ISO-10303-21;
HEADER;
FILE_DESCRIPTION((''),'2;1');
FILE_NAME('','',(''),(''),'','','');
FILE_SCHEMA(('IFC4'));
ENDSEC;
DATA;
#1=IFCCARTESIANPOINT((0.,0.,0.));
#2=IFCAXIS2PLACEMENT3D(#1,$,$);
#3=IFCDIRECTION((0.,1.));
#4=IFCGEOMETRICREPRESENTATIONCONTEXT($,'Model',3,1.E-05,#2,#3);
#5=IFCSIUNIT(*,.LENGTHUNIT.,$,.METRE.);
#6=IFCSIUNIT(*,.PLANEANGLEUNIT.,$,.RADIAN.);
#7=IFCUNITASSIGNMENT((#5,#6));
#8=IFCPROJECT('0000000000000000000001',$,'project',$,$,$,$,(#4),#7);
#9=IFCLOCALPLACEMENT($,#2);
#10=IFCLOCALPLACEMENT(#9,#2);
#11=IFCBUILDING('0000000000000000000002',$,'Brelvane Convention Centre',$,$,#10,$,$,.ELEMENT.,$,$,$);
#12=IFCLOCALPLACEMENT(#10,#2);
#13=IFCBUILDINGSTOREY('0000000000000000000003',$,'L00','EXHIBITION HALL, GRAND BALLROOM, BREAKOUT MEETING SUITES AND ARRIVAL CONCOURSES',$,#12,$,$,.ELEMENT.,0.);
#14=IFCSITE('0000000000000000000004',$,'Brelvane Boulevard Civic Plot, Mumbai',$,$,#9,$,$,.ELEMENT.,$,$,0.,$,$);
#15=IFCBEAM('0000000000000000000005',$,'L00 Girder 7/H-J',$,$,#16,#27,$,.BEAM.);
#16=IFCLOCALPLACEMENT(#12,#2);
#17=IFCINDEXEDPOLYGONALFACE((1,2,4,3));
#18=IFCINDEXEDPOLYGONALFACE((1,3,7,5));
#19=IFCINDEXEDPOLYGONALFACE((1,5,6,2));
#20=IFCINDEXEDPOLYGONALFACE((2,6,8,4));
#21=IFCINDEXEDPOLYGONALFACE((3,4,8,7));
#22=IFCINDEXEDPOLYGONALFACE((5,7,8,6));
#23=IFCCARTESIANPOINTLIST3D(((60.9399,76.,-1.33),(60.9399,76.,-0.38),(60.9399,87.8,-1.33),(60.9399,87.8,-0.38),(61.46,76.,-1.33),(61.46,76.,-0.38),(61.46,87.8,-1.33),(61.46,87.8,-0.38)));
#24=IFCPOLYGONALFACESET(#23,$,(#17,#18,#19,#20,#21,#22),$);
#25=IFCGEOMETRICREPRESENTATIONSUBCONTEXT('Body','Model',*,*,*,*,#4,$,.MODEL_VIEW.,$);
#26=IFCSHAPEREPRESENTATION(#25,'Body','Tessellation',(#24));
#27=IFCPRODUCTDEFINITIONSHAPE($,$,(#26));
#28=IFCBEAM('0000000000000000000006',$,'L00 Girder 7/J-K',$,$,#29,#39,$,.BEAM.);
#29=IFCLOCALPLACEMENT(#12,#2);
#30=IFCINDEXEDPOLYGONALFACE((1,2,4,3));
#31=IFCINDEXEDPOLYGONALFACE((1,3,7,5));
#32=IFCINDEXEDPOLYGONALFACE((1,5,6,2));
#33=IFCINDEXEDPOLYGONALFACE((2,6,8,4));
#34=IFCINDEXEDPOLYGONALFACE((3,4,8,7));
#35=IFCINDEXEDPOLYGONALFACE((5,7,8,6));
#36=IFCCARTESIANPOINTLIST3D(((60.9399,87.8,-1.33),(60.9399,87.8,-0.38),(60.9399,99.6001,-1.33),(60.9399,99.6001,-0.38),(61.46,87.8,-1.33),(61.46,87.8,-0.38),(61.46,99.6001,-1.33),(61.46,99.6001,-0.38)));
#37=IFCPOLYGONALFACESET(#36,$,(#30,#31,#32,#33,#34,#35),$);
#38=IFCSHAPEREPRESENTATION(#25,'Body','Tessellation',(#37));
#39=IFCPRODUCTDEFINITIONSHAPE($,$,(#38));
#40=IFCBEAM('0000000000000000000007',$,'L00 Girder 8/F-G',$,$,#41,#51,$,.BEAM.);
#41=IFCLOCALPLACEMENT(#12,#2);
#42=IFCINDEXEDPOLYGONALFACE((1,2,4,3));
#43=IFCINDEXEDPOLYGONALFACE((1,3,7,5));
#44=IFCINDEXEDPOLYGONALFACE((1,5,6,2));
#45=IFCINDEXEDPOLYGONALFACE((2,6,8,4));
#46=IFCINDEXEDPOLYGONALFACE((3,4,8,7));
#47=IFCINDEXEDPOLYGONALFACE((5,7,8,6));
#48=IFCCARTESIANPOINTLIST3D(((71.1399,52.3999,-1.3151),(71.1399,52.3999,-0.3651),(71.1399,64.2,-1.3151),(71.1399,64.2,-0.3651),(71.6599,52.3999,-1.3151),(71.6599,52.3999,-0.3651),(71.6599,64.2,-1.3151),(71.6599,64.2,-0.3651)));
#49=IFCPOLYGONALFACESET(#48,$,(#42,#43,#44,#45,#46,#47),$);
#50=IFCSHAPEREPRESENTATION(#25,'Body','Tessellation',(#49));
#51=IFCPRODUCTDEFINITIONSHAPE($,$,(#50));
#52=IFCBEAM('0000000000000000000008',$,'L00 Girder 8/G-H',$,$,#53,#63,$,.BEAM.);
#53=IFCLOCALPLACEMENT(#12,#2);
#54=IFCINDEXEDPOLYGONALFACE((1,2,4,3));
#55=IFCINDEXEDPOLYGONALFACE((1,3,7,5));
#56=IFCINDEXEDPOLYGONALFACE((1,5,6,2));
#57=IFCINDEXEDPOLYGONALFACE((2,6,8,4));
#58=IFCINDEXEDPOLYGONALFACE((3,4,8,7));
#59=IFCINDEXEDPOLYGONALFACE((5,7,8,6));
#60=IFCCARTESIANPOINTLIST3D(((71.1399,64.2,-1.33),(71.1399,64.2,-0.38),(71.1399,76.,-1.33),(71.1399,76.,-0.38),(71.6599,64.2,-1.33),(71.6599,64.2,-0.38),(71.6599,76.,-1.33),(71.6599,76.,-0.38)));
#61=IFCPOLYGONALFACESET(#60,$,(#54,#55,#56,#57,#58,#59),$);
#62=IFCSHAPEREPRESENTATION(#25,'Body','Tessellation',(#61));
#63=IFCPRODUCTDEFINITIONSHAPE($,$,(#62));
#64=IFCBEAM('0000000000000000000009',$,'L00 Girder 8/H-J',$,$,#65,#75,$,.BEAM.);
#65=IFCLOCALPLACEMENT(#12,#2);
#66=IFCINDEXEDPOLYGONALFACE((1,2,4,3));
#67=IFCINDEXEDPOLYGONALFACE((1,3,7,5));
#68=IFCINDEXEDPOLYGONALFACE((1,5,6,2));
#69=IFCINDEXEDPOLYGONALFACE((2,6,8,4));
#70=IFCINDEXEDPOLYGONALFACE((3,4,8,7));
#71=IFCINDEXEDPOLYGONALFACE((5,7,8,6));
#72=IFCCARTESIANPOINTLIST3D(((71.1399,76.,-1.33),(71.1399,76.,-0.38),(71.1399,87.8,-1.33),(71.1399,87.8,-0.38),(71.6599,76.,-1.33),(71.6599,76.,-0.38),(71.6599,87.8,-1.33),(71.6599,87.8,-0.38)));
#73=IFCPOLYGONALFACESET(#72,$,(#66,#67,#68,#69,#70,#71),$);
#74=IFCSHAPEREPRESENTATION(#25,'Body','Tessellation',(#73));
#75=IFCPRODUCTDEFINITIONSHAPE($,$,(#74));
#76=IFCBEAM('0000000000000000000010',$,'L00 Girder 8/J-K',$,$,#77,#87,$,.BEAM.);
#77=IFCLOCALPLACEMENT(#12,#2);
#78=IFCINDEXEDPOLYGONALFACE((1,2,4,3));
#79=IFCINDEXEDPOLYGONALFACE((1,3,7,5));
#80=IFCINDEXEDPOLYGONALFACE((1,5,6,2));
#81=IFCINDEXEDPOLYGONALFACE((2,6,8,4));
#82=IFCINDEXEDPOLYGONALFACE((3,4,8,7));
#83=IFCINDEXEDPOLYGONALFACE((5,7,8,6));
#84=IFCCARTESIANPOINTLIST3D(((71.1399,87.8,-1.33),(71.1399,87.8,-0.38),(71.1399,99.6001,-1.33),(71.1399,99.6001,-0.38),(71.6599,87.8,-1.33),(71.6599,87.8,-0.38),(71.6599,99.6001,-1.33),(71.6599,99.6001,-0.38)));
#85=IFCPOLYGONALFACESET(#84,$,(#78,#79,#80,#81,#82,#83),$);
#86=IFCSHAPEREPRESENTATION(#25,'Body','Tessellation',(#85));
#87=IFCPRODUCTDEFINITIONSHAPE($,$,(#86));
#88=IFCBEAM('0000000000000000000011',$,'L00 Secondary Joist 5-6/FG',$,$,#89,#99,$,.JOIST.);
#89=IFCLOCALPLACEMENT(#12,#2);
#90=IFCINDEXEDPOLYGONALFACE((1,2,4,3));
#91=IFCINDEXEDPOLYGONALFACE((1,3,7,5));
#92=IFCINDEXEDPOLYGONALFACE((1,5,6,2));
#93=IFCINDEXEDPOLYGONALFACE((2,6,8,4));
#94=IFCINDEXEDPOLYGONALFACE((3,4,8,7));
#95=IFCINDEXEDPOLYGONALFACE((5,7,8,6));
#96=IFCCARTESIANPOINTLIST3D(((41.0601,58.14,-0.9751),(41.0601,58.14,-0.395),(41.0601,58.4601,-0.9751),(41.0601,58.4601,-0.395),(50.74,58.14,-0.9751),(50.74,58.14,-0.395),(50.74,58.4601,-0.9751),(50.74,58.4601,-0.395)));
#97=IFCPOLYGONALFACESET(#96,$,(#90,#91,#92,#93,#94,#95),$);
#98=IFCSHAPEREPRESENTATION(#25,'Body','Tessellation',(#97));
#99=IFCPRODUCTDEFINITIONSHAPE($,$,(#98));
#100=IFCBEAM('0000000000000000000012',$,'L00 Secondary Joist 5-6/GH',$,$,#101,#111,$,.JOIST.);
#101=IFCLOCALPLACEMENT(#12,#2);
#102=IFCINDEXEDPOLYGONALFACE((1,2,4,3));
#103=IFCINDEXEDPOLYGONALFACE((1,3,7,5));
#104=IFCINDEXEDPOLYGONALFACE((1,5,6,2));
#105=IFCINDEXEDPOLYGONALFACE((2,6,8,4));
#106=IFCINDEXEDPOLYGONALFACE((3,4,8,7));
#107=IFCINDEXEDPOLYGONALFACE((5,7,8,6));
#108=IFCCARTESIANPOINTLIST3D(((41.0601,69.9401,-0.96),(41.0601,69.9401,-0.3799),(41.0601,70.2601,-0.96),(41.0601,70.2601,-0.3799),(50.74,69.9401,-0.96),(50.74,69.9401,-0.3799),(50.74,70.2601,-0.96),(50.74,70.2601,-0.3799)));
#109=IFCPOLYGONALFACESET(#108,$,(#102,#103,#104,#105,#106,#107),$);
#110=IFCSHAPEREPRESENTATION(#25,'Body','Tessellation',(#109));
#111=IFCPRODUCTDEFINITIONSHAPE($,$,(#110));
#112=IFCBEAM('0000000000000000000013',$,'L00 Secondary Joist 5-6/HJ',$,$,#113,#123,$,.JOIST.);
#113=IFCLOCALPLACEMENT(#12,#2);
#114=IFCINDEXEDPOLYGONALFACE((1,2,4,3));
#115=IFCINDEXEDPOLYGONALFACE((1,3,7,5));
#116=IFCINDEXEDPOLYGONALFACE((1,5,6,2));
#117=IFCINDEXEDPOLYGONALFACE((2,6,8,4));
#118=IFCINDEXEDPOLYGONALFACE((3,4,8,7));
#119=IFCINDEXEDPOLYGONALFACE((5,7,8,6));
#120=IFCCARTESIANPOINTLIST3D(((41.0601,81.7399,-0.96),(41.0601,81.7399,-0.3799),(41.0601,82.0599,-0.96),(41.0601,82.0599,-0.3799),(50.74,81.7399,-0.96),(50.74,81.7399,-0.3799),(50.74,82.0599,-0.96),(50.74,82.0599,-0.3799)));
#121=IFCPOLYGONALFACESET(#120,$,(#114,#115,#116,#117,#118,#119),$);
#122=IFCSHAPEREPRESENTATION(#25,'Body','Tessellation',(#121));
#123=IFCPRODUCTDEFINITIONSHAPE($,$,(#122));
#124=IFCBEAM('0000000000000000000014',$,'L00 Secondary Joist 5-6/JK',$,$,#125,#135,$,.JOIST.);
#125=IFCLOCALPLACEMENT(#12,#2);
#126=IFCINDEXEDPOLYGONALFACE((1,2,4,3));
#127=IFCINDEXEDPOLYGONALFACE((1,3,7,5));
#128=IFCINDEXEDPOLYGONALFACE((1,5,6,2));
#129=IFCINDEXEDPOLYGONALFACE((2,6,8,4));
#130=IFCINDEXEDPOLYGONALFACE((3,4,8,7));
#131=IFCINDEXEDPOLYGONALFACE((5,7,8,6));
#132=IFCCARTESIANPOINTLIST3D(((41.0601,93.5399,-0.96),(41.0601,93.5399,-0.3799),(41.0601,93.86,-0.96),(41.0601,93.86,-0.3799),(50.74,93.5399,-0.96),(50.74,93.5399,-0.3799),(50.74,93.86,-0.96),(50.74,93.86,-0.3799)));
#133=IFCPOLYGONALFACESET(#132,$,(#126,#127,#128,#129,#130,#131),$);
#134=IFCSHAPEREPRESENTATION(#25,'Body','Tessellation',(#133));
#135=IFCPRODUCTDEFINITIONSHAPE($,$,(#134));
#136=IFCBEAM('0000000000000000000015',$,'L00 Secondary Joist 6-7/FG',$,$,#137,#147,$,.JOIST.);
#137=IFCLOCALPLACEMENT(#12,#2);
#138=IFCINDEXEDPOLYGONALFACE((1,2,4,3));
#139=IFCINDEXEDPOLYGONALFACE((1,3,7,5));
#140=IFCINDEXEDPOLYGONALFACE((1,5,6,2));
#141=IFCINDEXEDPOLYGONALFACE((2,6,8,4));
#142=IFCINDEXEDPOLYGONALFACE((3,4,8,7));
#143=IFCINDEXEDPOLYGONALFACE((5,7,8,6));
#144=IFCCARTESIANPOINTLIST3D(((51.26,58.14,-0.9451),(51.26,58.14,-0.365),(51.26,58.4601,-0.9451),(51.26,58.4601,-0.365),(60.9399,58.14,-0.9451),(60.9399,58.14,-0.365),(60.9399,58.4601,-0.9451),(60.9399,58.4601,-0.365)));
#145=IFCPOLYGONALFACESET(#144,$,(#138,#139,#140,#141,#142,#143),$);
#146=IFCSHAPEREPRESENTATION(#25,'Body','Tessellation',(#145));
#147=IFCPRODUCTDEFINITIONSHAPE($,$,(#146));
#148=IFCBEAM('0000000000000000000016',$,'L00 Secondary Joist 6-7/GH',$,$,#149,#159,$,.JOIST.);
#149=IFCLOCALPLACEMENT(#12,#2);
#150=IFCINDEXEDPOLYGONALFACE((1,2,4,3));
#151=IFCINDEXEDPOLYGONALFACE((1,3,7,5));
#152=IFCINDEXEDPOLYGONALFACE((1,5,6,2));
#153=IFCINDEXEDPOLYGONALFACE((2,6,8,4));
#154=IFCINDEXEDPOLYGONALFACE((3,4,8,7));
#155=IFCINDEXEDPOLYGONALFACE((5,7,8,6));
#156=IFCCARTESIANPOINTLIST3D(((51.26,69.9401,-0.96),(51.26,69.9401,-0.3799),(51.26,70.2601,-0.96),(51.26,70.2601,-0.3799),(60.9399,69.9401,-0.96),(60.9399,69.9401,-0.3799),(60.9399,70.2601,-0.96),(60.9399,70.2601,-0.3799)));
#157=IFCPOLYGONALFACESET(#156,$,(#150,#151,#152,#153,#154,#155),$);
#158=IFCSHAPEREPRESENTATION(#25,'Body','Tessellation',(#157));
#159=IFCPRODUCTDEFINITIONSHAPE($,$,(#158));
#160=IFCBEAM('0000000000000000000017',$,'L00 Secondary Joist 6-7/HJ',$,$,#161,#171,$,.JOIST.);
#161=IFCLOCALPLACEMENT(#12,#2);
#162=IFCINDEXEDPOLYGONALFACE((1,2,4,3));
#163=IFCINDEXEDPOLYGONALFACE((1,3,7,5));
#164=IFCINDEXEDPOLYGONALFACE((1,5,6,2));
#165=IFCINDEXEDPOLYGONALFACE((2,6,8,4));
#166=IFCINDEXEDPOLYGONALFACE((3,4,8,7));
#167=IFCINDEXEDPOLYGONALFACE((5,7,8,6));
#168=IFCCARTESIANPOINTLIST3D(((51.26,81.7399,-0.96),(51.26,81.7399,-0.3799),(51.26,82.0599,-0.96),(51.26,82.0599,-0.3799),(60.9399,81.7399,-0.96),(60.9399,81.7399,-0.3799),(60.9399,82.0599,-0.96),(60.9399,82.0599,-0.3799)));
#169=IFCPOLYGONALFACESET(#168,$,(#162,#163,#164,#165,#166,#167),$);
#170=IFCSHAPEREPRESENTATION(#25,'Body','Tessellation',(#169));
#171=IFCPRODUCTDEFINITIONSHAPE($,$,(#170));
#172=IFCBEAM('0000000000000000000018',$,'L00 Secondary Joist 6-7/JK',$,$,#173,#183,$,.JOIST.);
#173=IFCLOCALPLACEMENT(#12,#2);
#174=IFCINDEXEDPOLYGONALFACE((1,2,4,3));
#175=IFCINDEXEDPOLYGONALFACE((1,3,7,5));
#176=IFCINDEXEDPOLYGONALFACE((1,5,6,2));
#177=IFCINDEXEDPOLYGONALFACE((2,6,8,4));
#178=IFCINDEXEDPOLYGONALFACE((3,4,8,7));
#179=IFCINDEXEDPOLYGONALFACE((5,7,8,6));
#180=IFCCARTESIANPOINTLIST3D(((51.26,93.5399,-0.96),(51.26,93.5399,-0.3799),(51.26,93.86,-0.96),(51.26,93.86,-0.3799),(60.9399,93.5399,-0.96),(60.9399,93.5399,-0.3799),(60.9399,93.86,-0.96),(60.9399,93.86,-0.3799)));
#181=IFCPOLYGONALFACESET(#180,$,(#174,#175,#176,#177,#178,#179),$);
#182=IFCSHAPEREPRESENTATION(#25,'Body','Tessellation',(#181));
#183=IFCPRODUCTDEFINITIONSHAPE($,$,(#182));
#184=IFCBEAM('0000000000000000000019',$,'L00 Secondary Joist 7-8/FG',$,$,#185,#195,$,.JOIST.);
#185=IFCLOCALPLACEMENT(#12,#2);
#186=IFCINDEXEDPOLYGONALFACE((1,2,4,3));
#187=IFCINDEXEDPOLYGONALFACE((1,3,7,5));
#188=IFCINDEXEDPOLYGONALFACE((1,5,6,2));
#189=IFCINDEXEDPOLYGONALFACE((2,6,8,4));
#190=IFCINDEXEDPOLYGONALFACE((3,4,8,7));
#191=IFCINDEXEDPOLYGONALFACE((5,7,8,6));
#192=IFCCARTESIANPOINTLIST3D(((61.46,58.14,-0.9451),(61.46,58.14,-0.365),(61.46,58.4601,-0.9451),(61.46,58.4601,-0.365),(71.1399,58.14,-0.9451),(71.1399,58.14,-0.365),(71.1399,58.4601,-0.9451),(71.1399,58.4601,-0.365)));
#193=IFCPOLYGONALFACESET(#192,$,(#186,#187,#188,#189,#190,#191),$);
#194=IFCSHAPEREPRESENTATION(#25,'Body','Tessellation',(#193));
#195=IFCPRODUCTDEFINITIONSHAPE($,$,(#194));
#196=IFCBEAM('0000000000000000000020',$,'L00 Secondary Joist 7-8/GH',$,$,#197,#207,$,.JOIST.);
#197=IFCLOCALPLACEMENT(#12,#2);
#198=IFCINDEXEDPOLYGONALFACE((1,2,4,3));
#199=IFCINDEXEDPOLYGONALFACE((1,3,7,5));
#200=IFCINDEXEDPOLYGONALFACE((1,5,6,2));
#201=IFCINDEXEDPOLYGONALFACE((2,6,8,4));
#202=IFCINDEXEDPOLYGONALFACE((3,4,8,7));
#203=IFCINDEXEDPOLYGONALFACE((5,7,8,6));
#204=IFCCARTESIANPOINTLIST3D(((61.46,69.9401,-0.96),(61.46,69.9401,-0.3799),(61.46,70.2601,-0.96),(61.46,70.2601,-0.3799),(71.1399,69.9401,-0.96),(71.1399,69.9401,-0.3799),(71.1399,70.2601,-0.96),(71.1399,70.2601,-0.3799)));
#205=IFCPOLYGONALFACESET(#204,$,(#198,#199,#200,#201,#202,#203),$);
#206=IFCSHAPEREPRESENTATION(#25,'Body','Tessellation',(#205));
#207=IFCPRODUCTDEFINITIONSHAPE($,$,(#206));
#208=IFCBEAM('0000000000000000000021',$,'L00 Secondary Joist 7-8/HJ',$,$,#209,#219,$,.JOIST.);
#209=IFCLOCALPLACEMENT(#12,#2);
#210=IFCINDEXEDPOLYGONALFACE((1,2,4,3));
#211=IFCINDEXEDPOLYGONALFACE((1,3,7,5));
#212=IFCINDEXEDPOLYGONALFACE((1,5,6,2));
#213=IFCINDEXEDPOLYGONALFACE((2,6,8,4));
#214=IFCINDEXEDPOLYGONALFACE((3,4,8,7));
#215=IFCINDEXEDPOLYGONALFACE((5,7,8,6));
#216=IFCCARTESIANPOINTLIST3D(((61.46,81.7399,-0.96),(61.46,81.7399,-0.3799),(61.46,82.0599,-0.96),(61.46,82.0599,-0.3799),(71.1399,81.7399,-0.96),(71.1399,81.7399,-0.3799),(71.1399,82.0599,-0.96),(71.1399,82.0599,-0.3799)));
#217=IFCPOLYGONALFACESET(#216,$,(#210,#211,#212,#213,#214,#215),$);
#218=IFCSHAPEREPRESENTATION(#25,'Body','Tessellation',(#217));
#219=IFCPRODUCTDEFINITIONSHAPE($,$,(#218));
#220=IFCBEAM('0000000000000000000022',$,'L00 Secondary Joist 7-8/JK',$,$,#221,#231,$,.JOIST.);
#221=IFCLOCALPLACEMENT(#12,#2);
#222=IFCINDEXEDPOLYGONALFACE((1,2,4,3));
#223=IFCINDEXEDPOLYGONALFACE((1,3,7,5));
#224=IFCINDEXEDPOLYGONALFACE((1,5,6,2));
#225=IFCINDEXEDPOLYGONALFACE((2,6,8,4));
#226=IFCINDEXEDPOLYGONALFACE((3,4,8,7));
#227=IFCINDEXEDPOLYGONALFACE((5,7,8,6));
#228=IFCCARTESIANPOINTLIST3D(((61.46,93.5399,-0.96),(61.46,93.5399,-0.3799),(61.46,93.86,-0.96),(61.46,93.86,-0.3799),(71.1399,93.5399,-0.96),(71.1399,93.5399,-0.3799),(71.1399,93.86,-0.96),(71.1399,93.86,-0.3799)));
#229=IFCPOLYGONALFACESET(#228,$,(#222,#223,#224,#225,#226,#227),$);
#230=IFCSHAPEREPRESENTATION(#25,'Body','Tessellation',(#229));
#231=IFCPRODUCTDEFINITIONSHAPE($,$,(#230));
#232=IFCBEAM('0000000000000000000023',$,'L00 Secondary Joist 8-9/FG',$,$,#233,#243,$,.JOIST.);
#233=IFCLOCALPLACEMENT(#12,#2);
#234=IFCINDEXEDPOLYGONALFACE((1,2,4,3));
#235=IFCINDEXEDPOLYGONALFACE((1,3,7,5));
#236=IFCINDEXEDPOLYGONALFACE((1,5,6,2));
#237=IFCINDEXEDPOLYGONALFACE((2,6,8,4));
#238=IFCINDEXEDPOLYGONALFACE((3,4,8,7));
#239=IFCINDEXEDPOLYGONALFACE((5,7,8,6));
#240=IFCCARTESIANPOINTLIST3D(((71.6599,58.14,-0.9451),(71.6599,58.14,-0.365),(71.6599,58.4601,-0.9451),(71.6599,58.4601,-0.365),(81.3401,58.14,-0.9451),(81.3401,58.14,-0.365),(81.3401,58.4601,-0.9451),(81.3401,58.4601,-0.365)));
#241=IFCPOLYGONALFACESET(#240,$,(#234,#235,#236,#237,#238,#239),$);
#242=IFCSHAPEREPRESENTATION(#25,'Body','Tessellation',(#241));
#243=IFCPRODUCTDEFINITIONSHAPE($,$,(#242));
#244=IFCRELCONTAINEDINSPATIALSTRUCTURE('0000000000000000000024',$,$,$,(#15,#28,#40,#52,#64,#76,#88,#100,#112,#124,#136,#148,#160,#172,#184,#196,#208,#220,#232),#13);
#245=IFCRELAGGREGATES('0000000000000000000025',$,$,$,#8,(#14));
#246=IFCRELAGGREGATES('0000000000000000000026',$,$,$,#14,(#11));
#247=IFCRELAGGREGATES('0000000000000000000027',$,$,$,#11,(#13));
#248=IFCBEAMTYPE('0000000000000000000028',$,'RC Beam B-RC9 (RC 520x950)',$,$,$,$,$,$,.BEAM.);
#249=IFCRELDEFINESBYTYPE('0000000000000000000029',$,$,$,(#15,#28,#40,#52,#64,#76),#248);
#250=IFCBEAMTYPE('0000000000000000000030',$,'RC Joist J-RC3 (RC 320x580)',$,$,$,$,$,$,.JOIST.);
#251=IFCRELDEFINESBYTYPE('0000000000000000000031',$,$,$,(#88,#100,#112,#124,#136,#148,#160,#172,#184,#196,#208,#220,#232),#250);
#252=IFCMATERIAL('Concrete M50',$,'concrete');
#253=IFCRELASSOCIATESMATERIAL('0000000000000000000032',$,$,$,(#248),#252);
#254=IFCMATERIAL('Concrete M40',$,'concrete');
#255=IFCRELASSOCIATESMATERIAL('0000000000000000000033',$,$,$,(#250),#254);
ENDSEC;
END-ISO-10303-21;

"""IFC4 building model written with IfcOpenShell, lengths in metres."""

from ifc_helpers import new_model, si_unit, direction, frame, origin, origin_2d, place, context, subcontext, project, spatial, rectangle, extrude, material, material_profile, profile_set, type_object, element, save


model = new_model("IFC4")

# Units and contexts
model_context = context("Model", 3, precision=1e-05, world=origin(), true_north=direction((0.0, 1.0)))
body_context = subcontext(model_context, "Body", "Model", "MODEL_VIEW")
ifc_project = project(units=[si_unit("LENGTHUNIT", "METRE"), si_unit("PLANEANGLEUNIT", "RADIAN")], contexts=[model_context])

# Site, building, storey
site_placement = place(None, origin())
site = spatial("IfcSite", under=ifc_project, at=site_placement, Name="Brelvane Boulevard Civic Plot, Mumbai", CompositionType="ELEMENT", RefElevation=0.0)
building_placement = place(site_placement, origin())
building = spatial("IfcBuilding", under=site, at=building_placement, Name="Brelvane Convention Centre", CompositionType="ELEMENT")
storey_placement = place(building_placement, origin())
storey = spatial("IfcBuildingStorey", under=building, at=storey_placement, Name="L00", Description="EXHIBITION HALL, GRAND BALLROOM, BREAKOUT MEETING SUITES AND ARRIVAL CONCOURSES", CompositionType="ELEMENT", Elevation=0.0)

# Beams
ifc_material_1 = material(Name="Concrete M50", Category="concrete")
ifc_material_profile_1 = material_profile(ifc_material_1, rectangle(XDim=0.52, YDim=0.95, at=origin_2d()), Name="RC 520x950")
ifc_profile_set_1 = profile_set([ifc_material_profile_1], Name="Concrete M50")
beam_type_1 = type_object("IfcBeamType", Name="RC Beam B-RC9 (RC 520x950)", PredefinedType="BEAM", material=ifc_profile_set_1)
for number, where, z_axis, x_axis, name in (
    (1, (61.2, 76.0, -0.855), (0.0, 1.0, 0.0), (-1.0, 0.0, 0.0), "L00 Girder 7/H-J"),
    (2, (61.2, 87.8, -0.855), (0.0, 1.0, 0.0), (-1.0, 0.0, 0.0), "L00 Girder 7/J-K"),
    (3, (71.3999, 52.3999, -0.8401), (0.0, 1.0, 0.0), (-1.0, 0.0, 0.0), "L00 Girder 8/F-G"),
    (4, (71.3999, 64.2, -0.855), (0.0, 1.0, 0.0), (-1.0, 0.0, 0.0), "L00 Girder 8/G-H"),
    (5, (71.3999, 76.0, -0.855), (0.0, 1.0, 0.0), (-1.0, 0.0, 0.0), "L00 Girder 8/H-J"),
    (6, (71.3999, 87.8, -0.855), (0.0, 1.0, 0.0), (-1.0, 0.0, 0.0), "L00 Girder 8/J-K"),
):
    element("IfcBeam", number, at=place(storey_placement, frame(where, z_axis=z_axis, x_axis=x_axis)), inside=storey, type_object=beam_type_1, Name=name, PredefinedType="BEAM", context=body_context, shape_type="SweptSolid", body=[
        extrude(rectangle(XDim=0.52, YDim=0.95, at=origin_2d()), origin(), (0.0, 0.0, 1.0), 11.8),
    ])
ifc_material_2 = material(Name="Concrete M40", Category="concrete")
ifc_material_profile_2 = material_profile(ifc_material_2, rectangle(XDim=0.3201, YDim=0.5801, at=origin_2d()), Name="RC 320x580")
ifc_profile_set_2 = profile_set([ifc_material_profile_2], Name="Concrete M40")
beam_type_2 = type_object("IfcBeamType", Name="RC Joist J-RC3 (RC 320x580)", PredefinedType="JOIST", material=ifc_profile_set_2)
for number, where, z_axis, x_axis, name in (
    (7, (41.0601, 58.3, -0.6851), (1.0, 0.0, 0.0), (0.0, 1.0, 0.0), "L00 Secondary Joist 5-6/FG"),
    (8, (41.0601, 70.1001, -0.6699), (1.0, 0.0, 0.0), (0.0, 1.0, 0.0), "L00 Secondary Joist 5-6/GH"),
    (9, (41.0601, 81.8999, -0.6699), (1.0, 0.0, 0.0), (0.0, 1.0, 0.0), "L00 Secondary Joist 5-6/HJ"),
    (10, (41.0601, 93.7, -0.6699), (1.0, 0.0, 0.0), (0.0, 1.0, 0.0), "L00 Secondary Joist 5-6/JK"),
    (11, (51.26, 58.3, -0.655), (1.0, 0.0, 0.0), (0.0, 1.0, 0.0), "L00 Secondary Joist 6-7/FG"),
    (12, (51.26, 70.1001, -0.6699), (1.0, 0.0, 0.0), (0.0, 1.0, 0.0), "L00 Secondary Joist 6-7/GH"),
    (13, (51.26, 81.8999, -0.6699), (1.0, 0.0, 0.0), (0.0, 1.0, 0.0), "L00 Secondary Joist 6-7/HJ"),
    (14, (51.26, 93.7, -0.6699), (1.0, 0.0, 0.0), (0.0, 1.0, 0.0), "L00 Secondary Joist 6-7/JK"),
    (15, (61.46, 58.3, -0.655), (1.0, 0.0, 0.0), (0.0, 1.0, 0.0), "L00 Secondary Joist 7-8/FG"),
    (16, (61.46, 70.1001, -0.6699), (1.0, 0.0, 0.0), (0.0, 1.0, 0.0), "L00 Secondary Joist 7-8/GH"),
    (17, (61.46, 81.8999, -0.6699), (1.0, 0.0, 0.0), (0.0, 1.0, 0.0), "L00 Secondary Joist 7-8/HJ"),
    (18, (61.46, 93.7, -0.6699), (1.0, 0.0, 0.0), (0.0, 1.0, 0.0), "L00 Secondary Joist 7-8/JK"),
):
    element("IfcBeam", number, at=place(storey_placement, frame(where, z_axis=z_axis, x_axis=x_axis)), inside=storey, type_object=beam_type_2, Name=name, PredefinedType="JOIST", context=body_context, shape_type="SweptSolid", body=[
        extrude(rectangle(XDim=0.3201, YDim=0.5801, at=origin_2d()), origin(), (0.0, 0.0, 1.0), 9.6799),
    ])
for number, where, z_axis, x_axis, name in (
    (19, (71.6599, 58.3, -0.655), (1.0, 0.0, 0.0), (0.0, 1.0, 0.0), "L00 Secondary Joist 8-9/FG"),
):
    element("IfcBeam", number, at=place(storey_placement, frame(where, z_axis=z_axis, x_axis=x_axis)), inside=storey, type_object=beam_type_2, Name=name, PredefinedType="JOIST", context=body_context, shape_type="SweptSolid", body=[
        extrude(rectangle(XDim=0.3201, YDim=0.5801, at=origin_2d()), origin(), (0.0, 0.0, 1.0), 9.6802),
    ])

save(model, "model.ifc")
